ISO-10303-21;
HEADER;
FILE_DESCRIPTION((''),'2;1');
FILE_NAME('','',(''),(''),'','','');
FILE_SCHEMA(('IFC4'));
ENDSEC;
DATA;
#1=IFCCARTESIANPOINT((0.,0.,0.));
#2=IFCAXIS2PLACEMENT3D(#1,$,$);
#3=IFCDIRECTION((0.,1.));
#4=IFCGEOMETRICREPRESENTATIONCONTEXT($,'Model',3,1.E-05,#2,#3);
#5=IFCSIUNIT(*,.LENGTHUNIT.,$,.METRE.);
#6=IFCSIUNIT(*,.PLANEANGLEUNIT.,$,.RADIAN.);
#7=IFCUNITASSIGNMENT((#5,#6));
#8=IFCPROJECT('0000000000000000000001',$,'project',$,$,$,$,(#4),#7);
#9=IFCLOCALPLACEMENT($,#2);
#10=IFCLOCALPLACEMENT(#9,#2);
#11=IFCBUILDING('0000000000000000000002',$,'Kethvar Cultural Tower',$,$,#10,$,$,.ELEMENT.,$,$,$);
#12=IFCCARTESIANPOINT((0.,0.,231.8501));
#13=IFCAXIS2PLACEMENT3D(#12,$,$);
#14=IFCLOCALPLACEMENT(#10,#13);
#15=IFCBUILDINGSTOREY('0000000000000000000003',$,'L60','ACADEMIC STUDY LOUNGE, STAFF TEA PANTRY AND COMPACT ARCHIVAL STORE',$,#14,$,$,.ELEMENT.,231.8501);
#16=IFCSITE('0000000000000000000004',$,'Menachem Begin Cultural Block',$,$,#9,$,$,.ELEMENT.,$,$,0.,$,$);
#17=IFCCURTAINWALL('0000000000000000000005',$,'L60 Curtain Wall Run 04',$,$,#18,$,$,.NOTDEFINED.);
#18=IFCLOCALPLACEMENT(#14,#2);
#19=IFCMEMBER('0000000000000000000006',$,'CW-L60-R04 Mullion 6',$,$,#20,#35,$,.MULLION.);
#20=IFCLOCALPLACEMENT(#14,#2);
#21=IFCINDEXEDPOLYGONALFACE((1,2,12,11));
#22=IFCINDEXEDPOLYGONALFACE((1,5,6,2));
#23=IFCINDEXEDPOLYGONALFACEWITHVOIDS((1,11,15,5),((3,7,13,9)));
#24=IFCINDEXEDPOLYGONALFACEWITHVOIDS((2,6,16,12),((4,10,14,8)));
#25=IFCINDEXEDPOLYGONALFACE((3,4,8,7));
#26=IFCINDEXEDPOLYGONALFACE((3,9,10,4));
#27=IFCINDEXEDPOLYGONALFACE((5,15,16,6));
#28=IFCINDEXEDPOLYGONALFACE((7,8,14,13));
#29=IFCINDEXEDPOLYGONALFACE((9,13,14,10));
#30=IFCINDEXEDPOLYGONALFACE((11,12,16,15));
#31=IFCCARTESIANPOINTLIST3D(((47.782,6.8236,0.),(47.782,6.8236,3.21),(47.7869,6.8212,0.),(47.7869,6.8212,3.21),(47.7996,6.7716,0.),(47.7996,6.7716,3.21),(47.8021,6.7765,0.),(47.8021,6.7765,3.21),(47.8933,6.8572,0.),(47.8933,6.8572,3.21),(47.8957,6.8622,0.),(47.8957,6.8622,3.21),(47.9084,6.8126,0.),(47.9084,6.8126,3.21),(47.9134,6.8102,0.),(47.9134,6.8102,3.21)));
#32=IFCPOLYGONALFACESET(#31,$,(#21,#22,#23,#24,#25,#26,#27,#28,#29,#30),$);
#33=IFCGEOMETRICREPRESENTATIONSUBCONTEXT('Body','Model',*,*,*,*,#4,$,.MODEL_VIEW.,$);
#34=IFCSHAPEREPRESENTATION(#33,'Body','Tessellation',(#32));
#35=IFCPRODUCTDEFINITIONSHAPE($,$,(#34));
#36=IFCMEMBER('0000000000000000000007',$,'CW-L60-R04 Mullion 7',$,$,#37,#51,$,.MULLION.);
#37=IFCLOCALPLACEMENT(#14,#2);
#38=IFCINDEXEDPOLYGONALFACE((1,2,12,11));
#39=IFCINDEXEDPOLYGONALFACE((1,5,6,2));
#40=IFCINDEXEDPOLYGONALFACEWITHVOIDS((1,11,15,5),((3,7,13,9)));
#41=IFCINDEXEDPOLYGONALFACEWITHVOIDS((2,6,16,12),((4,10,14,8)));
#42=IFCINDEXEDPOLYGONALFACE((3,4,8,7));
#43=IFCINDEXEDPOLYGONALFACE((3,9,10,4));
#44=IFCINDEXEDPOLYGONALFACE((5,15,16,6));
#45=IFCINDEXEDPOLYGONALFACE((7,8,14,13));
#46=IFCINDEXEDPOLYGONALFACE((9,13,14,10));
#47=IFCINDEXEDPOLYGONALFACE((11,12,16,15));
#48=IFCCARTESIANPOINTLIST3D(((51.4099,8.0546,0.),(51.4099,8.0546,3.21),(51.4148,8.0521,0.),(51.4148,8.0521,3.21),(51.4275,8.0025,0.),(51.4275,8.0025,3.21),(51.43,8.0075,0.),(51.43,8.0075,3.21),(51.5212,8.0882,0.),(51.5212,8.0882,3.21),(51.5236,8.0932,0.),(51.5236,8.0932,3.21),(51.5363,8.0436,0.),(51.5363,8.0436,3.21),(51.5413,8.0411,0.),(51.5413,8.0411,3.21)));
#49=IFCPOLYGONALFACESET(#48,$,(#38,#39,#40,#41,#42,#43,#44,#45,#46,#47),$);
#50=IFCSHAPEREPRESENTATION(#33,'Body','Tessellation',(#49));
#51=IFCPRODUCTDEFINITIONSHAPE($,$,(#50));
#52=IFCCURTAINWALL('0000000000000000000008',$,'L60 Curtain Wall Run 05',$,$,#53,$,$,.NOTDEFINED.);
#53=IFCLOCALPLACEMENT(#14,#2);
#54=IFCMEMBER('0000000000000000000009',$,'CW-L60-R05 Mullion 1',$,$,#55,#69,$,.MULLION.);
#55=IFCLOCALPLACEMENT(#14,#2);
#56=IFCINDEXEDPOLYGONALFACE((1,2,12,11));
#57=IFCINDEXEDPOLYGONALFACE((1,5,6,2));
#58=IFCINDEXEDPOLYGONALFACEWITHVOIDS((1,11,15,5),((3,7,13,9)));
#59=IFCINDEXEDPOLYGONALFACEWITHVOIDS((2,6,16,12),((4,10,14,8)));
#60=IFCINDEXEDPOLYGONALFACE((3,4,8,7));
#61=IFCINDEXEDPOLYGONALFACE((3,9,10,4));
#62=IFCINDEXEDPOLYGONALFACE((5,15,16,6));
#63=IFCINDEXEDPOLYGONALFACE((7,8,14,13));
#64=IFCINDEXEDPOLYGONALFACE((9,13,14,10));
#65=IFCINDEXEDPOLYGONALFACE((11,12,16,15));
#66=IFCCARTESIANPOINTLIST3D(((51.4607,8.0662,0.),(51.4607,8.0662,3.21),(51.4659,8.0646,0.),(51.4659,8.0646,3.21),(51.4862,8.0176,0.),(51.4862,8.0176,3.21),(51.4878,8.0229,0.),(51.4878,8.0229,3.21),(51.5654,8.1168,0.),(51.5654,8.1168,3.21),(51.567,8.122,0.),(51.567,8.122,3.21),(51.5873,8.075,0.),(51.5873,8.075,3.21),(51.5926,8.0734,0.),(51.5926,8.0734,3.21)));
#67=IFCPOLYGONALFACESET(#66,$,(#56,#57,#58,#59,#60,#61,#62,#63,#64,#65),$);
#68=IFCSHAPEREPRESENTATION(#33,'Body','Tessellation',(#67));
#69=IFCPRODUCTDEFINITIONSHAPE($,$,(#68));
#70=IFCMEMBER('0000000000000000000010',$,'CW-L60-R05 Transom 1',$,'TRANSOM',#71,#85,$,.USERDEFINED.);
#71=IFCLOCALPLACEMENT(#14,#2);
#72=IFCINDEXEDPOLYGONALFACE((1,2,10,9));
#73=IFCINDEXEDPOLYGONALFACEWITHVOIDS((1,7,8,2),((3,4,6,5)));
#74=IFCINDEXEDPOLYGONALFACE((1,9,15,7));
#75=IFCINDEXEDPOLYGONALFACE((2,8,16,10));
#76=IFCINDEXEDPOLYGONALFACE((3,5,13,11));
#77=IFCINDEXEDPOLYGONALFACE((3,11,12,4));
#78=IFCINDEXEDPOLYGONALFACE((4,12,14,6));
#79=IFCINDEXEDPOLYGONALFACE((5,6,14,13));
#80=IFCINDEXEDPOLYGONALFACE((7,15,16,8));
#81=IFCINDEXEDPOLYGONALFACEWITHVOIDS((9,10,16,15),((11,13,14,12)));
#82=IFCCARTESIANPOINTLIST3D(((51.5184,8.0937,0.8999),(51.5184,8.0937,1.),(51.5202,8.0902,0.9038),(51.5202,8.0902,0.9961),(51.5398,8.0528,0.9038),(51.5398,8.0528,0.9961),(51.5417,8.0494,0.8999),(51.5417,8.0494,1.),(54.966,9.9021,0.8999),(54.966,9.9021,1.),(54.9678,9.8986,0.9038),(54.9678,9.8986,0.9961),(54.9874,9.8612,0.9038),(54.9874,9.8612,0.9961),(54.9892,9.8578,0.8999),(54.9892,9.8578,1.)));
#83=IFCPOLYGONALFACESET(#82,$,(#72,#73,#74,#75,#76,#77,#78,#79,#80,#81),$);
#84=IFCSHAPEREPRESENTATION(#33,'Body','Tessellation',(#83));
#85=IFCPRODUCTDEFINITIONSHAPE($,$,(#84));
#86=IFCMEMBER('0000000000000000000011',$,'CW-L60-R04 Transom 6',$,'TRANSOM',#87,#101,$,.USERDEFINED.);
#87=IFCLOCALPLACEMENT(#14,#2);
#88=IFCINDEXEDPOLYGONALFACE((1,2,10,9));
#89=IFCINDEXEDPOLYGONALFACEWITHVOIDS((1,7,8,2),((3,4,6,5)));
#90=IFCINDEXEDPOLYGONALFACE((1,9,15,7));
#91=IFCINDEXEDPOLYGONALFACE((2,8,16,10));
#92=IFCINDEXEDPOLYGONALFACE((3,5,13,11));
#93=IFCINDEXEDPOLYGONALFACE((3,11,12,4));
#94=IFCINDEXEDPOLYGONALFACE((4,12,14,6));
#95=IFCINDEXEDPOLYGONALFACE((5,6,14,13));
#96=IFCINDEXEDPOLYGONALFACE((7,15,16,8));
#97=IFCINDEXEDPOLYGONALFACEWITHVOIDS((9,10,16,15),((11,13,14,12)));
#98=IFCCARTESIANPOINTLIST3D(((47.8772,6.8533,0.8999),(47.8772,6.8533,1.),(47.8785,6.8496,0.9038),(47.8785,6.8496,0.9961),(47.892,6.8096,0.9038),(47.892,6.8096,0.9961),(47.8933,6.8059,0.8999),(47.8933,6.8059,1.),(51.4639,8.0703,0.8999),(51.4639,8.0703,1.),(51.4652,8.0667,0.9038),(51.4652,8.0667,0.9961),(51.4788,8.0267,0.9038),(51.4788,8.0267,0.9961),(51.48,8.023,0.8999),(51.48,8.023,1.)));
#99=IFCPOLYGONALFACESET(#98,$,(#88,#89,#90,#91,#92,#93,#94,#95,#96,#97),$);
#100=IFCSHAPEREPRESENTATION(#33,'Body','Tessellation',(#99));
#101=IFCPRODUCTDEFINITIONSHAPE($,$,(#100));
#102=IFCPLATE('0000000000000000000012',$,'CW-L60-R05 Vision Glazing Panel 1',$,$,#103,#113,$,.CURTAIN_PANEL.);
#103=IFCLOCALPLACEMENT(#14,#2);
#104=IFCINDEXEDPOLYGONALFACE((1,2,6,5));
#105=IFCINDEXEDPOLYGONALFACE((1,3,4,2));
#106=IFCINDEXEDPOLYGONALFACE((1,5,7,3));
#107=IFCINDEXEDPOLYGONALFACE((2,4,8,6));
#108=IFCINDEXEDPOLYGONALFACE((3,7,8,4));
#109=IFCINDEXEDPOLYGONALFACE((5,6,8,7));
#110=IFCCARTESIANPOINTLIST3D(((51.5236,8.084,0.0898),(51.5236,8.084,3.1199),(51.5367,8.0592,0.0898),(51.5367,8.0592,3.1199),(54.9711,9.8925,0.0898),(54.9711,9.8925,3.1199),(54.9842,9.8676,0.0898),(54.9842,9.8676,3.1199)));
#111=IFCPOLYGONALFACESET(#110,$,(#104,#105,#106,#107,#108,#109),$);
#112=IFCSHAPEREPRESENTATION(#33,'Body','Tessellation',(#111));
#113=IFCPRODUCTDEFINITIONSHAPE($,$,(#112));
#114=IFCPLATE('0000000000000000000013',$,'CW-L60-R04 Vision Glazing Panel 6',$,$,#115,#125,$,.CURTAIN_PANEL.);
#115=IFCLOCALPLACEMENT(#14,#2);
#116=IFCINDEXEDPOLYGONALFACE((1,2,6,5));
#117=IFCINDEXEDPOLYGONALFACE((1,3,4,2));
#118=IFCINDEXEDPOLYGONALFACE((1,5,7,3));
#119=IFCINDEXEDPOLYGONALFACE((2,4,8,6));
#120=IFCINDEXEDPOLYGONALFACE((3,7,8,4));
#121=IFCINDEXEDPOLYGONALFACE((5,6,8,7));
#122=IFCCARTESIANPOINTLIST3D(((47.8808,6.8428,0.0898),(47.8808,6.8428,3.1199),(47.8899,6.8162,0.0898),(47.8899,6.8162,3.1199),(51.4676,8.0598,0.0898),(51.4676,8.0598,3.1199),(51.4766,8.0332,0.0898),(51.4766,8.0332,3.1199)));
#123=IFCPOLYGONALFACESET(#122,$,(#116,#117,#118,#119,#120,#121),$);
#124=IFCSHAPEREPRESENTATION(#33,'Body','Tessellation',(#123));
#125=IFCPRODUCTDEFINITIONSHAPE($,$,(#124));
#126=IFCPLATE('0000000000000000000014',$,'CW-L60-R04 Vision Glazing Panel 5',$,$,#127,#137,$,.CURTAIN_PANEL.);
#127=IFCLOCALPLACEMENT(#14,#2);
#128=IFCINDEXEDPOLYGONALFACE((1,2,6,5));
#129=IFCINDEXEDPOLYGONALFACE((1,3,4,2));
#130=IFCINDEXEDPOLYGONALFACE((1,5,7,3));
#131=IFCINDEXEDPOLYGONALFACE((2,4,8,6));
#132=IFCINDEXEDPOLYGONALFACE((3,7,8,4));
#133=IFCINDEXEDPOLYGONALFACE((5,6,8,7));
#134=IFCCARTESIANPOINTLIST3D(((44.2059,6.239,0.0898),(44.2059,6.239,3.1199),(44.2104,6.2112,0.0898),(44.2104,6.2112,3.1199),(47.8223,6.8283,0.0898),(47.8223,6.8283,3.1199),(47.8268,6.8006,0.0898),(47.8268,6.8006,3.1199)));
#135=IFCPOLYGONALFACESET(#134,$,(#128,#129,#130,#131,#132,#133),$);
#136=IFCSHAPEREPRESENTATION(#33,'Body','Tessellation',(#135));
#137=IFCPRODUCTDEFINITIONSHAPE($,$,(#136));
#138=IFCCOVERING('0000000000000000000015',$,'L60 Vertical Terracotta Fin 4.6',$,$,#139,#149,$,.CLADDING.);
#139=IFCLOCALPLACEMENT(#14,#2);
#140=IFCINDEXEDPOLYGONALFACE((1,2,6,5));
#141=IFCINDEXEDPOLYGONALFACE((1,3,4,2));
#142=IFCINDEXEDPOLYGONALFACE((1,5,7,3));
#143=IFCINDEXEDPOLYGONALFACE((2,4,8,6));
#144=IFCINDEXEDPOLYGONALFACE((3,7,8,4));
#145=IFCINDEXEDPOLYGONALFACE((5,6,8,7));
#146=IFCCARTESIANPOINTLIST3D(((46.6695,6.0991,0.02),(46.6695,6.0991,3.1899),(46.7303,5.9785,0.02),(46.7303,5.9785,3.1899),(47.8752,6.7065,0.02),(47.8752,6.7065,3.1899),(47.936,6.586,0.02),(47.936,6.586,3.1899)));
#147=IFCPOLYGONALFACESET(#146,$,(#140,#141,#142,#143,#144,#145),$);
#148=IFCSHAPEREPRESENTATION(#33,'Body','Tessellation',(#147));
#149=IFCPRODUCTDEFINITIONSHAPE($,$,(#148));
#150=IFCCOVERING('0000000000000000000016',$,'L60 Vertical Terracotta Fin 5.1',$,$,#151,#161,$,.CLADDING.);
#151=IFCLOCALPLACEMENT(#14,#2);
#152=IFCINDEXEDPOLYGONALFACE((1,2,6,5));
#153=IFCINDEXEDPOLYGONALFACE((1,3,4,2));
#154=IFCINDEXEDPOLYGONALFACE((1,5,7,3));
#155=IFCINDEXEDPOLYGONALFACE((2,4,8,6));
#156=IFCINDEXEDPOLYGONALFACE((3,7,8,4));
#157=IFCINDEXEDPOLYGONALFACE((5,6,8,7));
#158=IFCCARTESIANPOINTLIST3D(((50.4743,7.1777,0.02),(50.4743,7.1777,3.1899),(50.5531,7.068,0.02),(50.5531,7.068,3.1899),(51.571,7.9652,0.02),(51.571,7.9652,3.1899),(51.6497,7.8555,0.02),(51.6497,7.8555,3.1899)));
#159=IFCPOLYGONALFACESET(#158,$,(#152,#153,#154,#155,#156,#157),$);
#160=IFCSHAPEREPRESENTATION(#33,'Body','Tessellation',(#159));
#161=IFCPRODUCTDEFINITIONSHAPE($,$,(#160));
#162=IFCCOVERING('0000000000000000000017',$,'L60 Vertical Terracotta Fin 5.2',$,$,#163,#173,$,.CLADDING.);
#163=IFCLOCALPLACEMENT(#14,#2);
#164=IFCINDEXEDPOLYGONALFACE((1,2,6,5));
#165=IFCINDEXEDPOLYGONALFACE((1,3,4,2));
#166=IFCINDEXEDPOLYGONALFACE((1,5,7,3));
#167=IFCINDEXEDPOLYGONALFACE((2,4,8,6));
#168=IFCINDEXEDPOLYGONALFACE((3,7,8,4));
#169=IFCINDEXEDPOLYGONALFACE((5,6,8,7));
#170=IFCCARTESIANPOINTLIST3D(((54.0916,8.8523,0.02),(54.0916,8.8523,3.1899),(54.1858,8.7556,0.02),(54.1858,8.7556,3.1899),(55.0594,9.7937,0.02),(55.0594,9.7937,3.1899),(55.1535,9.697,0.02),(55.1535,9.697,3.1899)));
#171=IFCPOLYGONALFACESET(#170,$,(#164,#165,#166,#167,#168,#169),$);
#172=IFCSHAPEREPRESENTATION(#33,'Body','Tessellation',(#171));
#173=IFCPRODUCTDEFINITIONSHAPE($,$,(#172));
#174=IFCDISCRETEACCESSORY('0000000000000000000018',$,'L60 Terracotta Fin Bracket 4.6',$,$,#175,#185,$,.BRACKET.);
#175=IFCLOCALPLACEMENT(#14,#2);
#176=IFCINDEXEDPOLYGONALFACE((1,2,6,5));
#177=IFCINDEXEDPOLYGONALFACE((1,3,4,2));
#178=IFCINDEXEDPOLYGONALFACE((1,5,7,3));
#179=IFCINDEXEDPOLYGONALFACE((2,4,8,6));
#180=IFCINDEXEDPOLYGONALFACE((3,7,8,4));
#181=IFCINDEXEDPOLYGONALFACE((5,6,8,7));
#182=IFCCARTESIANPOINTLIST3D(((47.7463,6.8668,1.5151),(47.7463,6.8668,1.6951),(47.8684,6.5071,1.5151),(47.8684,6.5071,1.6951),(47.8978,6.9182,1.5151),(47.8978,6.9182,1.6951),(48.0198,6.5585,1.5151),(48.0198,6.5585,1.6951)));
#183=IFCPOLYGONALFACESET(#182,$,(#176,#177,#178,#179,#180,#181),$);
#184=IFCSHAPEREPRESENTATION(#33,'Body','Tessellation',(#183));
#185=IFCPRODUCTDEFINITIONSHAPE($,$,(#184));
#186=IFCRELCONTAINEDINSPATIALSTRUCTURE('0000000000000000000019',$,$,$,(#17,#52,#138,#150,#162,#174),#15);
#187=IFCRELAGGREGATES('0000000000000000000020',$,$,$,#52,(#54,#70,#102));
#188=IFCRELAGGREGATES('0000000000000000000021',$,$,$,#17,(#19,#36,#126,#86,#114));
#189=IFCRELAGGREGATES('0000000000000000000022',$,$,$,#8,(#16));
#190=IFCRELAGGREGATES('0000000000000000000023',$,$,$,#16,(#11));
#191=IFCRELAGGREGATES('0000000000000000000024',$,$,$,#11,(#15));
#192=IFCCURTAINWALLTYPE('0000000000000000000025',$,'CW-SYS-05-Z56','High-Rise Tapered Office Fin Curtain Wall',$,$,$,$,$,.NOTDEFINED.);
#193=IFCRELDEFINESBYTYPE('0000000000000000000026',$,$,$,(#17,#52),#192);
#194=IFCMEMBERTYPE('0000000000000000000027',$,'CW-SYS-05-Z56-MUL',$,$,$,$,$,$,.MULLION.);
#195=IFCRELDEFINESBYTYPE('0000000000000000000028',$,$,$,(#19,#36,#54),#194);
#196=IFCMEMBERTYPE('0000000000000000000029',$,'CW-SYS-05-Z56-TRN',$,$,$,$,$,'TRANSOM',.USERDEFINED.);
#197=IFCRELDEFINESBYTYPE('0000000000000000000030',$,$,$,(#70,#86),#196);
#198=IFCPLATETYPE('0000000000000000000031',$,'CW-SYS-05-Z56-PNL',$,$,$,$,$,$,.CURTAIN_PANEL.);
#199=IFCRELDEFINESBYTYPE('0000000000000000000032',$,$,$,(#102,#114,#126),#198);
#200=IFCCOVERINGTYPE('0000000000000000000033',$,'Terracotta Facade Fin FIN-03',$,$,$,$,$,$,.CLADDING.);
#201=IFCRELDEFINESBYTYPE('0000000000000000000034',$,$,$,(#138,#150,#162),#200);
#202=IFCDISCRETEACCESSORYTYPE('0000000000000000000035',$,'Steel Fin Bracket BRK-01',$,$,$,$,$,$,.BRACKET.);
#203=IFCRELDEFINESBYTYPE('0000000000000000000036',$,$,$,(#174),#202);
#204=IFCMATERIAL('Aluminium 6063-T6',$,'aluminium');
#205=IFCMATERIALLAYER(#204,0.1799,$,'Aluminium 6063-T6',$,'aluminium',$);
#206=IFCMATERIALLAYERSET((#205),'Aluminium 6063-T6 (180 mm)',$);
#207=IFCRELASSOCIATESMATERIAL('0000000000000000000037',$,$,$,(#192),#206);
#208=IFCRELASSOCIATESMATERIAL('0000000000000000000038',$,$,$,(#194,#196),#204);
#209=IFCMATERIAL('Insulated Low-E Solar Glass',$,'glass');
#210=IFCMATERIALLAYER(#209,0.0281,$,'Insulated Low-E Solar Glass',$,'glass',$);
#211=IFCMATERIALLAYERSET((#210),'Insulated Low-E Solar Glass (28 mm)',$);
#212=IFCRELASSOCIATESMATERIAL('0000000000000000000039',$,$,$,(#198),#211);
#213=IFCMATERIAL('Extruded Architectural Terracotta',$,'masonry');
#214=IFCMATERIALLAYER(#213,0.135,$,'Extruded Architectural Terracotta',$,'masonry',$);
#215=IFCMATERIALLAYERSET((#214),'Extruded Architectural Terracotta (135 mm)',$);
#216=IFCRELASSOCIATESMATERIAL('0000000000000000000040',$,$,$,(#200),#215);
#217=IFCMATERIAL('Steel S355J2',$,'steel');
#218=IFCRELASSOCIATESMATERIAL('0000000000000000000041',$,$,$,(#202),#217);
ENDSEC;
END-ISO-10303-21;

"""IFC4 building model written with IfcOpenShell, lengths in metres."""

from ifc_helpers import new_model, si_unit, direction, frame, origin, origin_2d, place, context, subcontext, project, spatial, rectangle, hollow_rectangle, extrude, source, transform, mapped, material, layer, layer_set, material_profile, profile_set, type_object, element, aggregate, save


model = new_model("IFC4")

# Units and contexts
model_context = context("Model", 3, precision=1e-05, world=origin(), true_north=direction((0.0, 1.0)))
body_context = subcontext(model_context, "Body", "Model", "MODEL_VIEW")
ifc_project = project(units=[si_unit("LENGTHUNIT", "METRE"), si_unit("PLANEANGLEUNIT", "RADIAN")], contexts=[model_context])

# Site, building, storey
site_placement = place(None, origin())
site = spatial("IfcSite", under=ifc_project, at=site_placement, Name="Menachem Begin Cultural Block", CompositionType="ELEMENT", RefElevation=0.0)
building_placement = place(site_placement, origin())
building = spatial("IfcBuilding", under=site, at=building_placement, Name="Kethvar Cultural Tower", CompositionType="ELEMENT")
storey_placement = place(building_placement, frame((0.0, 0.0, 231.8501)))
storey = spatial("IfcBuildingStorey", under=building, at=storey_placement, Name="L60", Description="ACADEMIC STUDY LOUNGE, STAFF TEA PANTRY AND COMPACT ARCHIVAL STORE", CompositionType="ELEMENT", Elevation=231.8501)

# Shared definitions
ifc_material_1 = material(Name="Steel S355J2", Category="steel")

# Curtain walls, members
ifc_material_2 = material(Name="Aluminium 6063-T6", Category="aluminium")
ifc_layer_1 = layer(ifc_material_2, 0.1799, Name="Aluminium 6063-T6", Category="aluminium")
ifc_layer_set_1 = layer_set([ifc_layer_1], Name="Aluminium 6063-T6 (180 mm)")
curtain_wall_type = type_object("IfcCurtainWallType", Name="CW-SYS-05-Z56", Description="High-Rise Tapered Office Fin Curtain Wall", PredefinedType="NOTDEFINED", material=ifc_layer_set_1)
curtain_wall_1_placement = place(storey_placement, origin())
curtain_wall_1 = element("IfcCurtainWall", 1, at=curtain_wall_1_placement, inside=storey, type_object=curtain_wall_type, Name="L60 Curtain Wall Run 04", PredefinedType="NOTDEFINED")
ifc_material_profile_1 = material_profile(ifc_material_2, hollow_rectangle(XDim=0.0549, YDim=0.1201, WallThickness=0.0039, at=origin_2d()), Name="Aluminium 6063-T6 — RHS120x55x4")
ifc_profile_set_1 = profile_set([ifc_material_profile_1], Name="Aluminium 6063-T6 — RHS120x55x4")
member_type_1 = type_object("IfcMemberType", Name="CW-SYS-05-Z56-MUL", PredefinedType="MULLION", material=ifc_profile_set_1)
shared_shape_1 = source(origin(), body_context, "Body", "SweptSolid", [
    extrude(hollow_rectangle(XDim=0.0549, YDim=0.1201, WallThickness=0.0039, at=origin_2d()), origin(), (0.0, 0.0, 1.0), 3.21),
])
member_1_placement = place(storey_placement, frame((47.8477, 6.8169, 0.0), z_axis=(0.0, 0.0, 1.0), x_axis=(-0.321324, 0.946969, 0.0)))
member_1 = element("IfcMember", 2, at=member_1_placement, type_object=member_type_1, Name="CW-L60-R04 Mullion 6", PredefinedType="MULLION", context=body_context, shape_type="MappedRepresentation", body=[
    mapped(shared_shape_1, transform((0.0, 0.0, 0.0), scale=1.0)),
])
member_2_placement = place(storey_placement, frame((51.4756, 8.0479, 0.0), z_axis=(0.0, 0.0, 1.0), x_axis=(-0.321324, 0.946969, 0.0)))
member_2 = element("IfcMember", 3, at=member_2_placement, type_object=member_type_1, Name="CW-L60-R04 Mullion 7", PredefinedType="MULLION", context=body_context, shape_type="MappedRepresentation", body=[
    mapped(shared_shape_1, transform((0.0, 0.0, 0.0), scale=1.0)),
])
curtain_wall_2_placement = place(storey_placement, origin())
curtain_wall_2 = element("IfcCurtainWall", 4, at=curtain_wall_2_placement, inside=storey, type_object=curtain_wall_type, Name="L60 Curtain Wall Run 05", PredefinedType="NOTDEFINED")
member_3_placement = place(storey_placement, frame((51.5266, 8.0698, 0.0), z_axis=(0.0, 0.0, 1.0), x_axis=(-0.464533, 0.885556, 0.0)))
member_3 = element("IfcMember", 5, at=member_3_placement, type_object=member_type_1, Name="CW-L60-R05 Mullion 1", PredefinedType="MULLION", context=body_context, shape_type="MappedRepresentation", body=[
    mapped(shared_shape_1, transform((0.0, 0.0, 0.0), scale=1.0)),
])
ifc_material_profile_2 = material_profile(ifc_material_2, hollow_rectangle(XDim=0.05, YDim=0.1001, WallThickness=0.0039, at=origin_2d()), Name="Aluminium 6063-T6 — RHS100x50x4")
ifc_profile_set_2 = profile_set([ifc_material_profile_2], Name="Aluminium 6063-T6 — RHS100x50x4")
member_type_2 = type_object("IfcMemberType", Name="CW-SYS-05-Z56-TRN", ElementType="TRANSOM", PredefinedType="USERDEFINED", material=ifc_profile_set_2)
shared_shape_2 = source(origin(), body_context, "Body", "SweptSolid", [
    extrude(hollow_rectangle(XDim=0.05, YDim=0.1001, WallThickness=0.0039, at=origin_2d()), origin(), (0.0, 0.0, 1.0), 3.8931),
])
member_4_placement = place(storey_placement, frame((51.53, 8.0715, 0.95), z_axis=(0.885566, 0.464513, 0.0), x_axis=(-0.464513, 0.885566, 0.0)))
member_4 = element("IfcMember", 6, at=member_4_placement, type_object=member_type_2, Name="CW-L60-R05 Transom 1", ObjectType="TRANSOM", PredefinedType="USERDEFINED", context=body_context, shape_type="MappedRepresentation", body=[
    mapped(shared_shape_2, transform((0.0, 0.0, 0.0), scale=1.0)),
])

# Member
shared_shape_3 = source(origin(), body_context, "Body", "SweptSolid", [
    extrude(hollow_rectangle(XDim=0.05, YDim=0.1001, WallThickness=0.0039, at=origin_2d()), origin(), (0.0, 0.0, 1.0), 3.7876),
])
member_5_placement = place(storey_placement, frame((47.8853, 6.8296, 0.95), z_axis=(0.946968, 0.321328, 0.0), x_axis=(-0.321328, 0.946968, 0.0)))
member_5 = element("IfcMember", 7, at=member_5_placement, type_object=member_type_2, Name="CW-L60-R04 Transom 6", ObjectType="TRANSOM", PredefinedType="USERDEFINED", context=body_context, shape_type="MappedRepresentation", body=[
    mapped(shared_shape_3, transform((0.0, 0.0, 0.0), scale=1.0)),
])

# Plates
ifc_material_3 = material(Name="Insulated Low-E Solar Glass", Category="glass")
ifc_layer_2 = layer(ifc_material_3, 0.0281, Name="Insulated Low-E Solar Glass", Category="glass")
ifc_layer_set_2 = layer_set([ifc_layer_2], Name="Insulated Low-E Solar Glass (28 mm)")
plate_type = type_object("IfcPlateType", Name="CW-SYS-05-Z56-PNL", PredefinedType="CURTAIN_PANEL", material=ifc_layer_set_2)
shared_shape_4 = source(origin(), body_context, "Body", "SweptSolid", [
    extrude(rectangle(XDim=3.8931, YDim=0.0281, at=origin_2d()), origin(), (0.0, 0.0, 1.0), 3.03),
])
plate_1_placement = place(storey_placement, frame((53.2539, 8.9758, 0.0898), z_axis=(0.0, 0.0, 1.0), x_axis=(0.885556, 0.464533, 0.0)))
plate_1 = element("IfcPlate", 8, at=plate_1_placement, type_object=plate_type, Name="CW-L60-R05 Vision Glazing Panel 1", PredefinedType="CURTAIN_PANEL", context=body_context, shape_type="MappedRepresentation", body=[
    mapped(shared_shape_4, transform((0.0, 0.0, 0.0), scale=1.0)),
])
aggregate(curtain_wall_2, [member_3, member_4, plate_1])
shared_shape_5 = source(origin(), body_context, "Body", "SweptSolid", [
    extrude(rectangle(XDim=3.7876, YDim=0.0281, at=origin_2d()), origin(), (0.0, 0.0, 1.0), 3.03),
])
plate_2_placement = place(storey_placement, frame((49.6787, 7.438, 0.0898), z_axis=(0.0, 0.0, 1.0), x_axis=(0.946969, 0.321324, 0.0)))
plate_2 = element("IfcPlate", 9, at=plate_2_placement, type_object=plate_type, Name="CW-L60-R04 Vision Glazing Panel 6", PredefinedType="CURTAIN_PANEL", context=body_context, shape_type="MappedRepresentation", body=[
    mapped(shared_shape_5, transform((0.0, 0.0, 0.0), scale=1.0)),
])
shared_shape_6 = source(origin(), body_context, "Body", "SweptSolid", [
    extrude(rectangle(XDim=3.6641, YDim=0.0281, at=origin_2d()), origin(), (0.0, 0.0, 1.0), 3.03),
])
plate_3_placement = place(storey_placement, frame((46.0164, 6.5198, 0.0898), z_axis=(0.0, 0.0, 1.0), x_axis=(0.98698, 0.160846, 0.0)))
plate_3 = element("IfcPlate", 10, at=plate_3_placement, type_object=plate_type, Name="CW-L60-R04 Vision Glazing Panel 5", PredefinedType="CURTAIN_PANEL", context=body_context, shape_type="MappedRepresentation", body=[
    mapped(shared_shape_6, transform((0.0, 0.0, 0.0), scale=1.0)),
])
aggregate(curtain_wall_1, [member_1, member_2, plate_3, member_5, plate_2])

# Coverings
ifc_material_4 = material(Name="Extruded Architectural Terracotta", Category="masonry")
ifc_layer_3 = layer(ifc_material_4, 0.135, Name="Extruded Architectural Terracotta", Category="masonry")
ifc_layer_set_3 = layer_set([ifc_layer_3], Name="Extruded Architectural Terracotta (135 mm)")
covering_type = type_object("IfcCoveringType", Name="Terracotta Facade Fin FIN-03", PredefinedType="CLADDING", material=ifc_layer_set_3)
shared_shape_7 = source(origin(), body_context, "Body", "SweptSolid", [
    extrude(rectangle(XDim=1.3501, YDim=0.135, at=origin_2d()), origin(), (0.0, 0.0, 1.0), 3.1699),
])
for number, where, z_axis, x_axis, name in (
    (11, (47.3027, 6.3425, 0.02), (0.0, 0.0, 1.0), (-0.893057, -0.449943, 0.0), "L60 Vertical Terracotta Fin 4.6"),
    (12, (51.062, 7.5166, 0.02), (0.0, 0.0, 1.0), (-0.812287, -0.583258, 0.0), "L60 Vertical Terracotta Fin 5.1"),
    (13, (54.6226, 9.2747, 0.02), (0.0, 0.0, 1.0), (-0.716789, -0.69729, 0.0), "L60 Vertical Terracotta Fin 5.2"),
):
    element("IfcCovering", number, at=place(storey_placement, frame(where, z_axis=z_axis, x_axis=x_axis)), inside=storey, type_object=covering_type, Name=name, PredefinedType="CLADDING", context=body_context, shape_type="MappedRepresentation", body=[
        mapped(shared_shape_7, transform((0.0, 0.0, 0.0), scale=1.0)),
    ])

# Discrete accessory
discrete_accessory_type = type_object("IfcDiscreteAccessoryType", Name="Steel Fin Bracket BRK-01", PredefinedType="BRACKET", material=ifc_material_1)
shared_shape_8 = source(origin(), body_context, "Body", "SweptSolid", [
    extrude(rectangle(XDim=0.3799, YDim=0.1599, at=origin_2d()), origin(), (0.0, 0.0, 1.0), 0.1799),
])
for number, where, z_axis, x_axis, name in (
    (14, (47.8831, 6.7126, 1.5151), (0.0, 0.0, 1.0), (0.321274, -0.946986, 0.0), "L60 Terracotta Fin Bracket 4.6"),
):
    element("IfcDiscreteAccessory", number, at=place(storey_placement, frame(where, z_axis=z_axis, x_axis=x_axis)), inside=storey, type_object=discrete_accessory_type, Name=name, PredefinedType="BRACKET", context=body_context, shape_type="MappedRepresentation", body=[
        mapped(shared_shape_8, transform((0.0, 0.0, 0.0), scale=1.0)),
    ])

save(model, "model.ifc")
